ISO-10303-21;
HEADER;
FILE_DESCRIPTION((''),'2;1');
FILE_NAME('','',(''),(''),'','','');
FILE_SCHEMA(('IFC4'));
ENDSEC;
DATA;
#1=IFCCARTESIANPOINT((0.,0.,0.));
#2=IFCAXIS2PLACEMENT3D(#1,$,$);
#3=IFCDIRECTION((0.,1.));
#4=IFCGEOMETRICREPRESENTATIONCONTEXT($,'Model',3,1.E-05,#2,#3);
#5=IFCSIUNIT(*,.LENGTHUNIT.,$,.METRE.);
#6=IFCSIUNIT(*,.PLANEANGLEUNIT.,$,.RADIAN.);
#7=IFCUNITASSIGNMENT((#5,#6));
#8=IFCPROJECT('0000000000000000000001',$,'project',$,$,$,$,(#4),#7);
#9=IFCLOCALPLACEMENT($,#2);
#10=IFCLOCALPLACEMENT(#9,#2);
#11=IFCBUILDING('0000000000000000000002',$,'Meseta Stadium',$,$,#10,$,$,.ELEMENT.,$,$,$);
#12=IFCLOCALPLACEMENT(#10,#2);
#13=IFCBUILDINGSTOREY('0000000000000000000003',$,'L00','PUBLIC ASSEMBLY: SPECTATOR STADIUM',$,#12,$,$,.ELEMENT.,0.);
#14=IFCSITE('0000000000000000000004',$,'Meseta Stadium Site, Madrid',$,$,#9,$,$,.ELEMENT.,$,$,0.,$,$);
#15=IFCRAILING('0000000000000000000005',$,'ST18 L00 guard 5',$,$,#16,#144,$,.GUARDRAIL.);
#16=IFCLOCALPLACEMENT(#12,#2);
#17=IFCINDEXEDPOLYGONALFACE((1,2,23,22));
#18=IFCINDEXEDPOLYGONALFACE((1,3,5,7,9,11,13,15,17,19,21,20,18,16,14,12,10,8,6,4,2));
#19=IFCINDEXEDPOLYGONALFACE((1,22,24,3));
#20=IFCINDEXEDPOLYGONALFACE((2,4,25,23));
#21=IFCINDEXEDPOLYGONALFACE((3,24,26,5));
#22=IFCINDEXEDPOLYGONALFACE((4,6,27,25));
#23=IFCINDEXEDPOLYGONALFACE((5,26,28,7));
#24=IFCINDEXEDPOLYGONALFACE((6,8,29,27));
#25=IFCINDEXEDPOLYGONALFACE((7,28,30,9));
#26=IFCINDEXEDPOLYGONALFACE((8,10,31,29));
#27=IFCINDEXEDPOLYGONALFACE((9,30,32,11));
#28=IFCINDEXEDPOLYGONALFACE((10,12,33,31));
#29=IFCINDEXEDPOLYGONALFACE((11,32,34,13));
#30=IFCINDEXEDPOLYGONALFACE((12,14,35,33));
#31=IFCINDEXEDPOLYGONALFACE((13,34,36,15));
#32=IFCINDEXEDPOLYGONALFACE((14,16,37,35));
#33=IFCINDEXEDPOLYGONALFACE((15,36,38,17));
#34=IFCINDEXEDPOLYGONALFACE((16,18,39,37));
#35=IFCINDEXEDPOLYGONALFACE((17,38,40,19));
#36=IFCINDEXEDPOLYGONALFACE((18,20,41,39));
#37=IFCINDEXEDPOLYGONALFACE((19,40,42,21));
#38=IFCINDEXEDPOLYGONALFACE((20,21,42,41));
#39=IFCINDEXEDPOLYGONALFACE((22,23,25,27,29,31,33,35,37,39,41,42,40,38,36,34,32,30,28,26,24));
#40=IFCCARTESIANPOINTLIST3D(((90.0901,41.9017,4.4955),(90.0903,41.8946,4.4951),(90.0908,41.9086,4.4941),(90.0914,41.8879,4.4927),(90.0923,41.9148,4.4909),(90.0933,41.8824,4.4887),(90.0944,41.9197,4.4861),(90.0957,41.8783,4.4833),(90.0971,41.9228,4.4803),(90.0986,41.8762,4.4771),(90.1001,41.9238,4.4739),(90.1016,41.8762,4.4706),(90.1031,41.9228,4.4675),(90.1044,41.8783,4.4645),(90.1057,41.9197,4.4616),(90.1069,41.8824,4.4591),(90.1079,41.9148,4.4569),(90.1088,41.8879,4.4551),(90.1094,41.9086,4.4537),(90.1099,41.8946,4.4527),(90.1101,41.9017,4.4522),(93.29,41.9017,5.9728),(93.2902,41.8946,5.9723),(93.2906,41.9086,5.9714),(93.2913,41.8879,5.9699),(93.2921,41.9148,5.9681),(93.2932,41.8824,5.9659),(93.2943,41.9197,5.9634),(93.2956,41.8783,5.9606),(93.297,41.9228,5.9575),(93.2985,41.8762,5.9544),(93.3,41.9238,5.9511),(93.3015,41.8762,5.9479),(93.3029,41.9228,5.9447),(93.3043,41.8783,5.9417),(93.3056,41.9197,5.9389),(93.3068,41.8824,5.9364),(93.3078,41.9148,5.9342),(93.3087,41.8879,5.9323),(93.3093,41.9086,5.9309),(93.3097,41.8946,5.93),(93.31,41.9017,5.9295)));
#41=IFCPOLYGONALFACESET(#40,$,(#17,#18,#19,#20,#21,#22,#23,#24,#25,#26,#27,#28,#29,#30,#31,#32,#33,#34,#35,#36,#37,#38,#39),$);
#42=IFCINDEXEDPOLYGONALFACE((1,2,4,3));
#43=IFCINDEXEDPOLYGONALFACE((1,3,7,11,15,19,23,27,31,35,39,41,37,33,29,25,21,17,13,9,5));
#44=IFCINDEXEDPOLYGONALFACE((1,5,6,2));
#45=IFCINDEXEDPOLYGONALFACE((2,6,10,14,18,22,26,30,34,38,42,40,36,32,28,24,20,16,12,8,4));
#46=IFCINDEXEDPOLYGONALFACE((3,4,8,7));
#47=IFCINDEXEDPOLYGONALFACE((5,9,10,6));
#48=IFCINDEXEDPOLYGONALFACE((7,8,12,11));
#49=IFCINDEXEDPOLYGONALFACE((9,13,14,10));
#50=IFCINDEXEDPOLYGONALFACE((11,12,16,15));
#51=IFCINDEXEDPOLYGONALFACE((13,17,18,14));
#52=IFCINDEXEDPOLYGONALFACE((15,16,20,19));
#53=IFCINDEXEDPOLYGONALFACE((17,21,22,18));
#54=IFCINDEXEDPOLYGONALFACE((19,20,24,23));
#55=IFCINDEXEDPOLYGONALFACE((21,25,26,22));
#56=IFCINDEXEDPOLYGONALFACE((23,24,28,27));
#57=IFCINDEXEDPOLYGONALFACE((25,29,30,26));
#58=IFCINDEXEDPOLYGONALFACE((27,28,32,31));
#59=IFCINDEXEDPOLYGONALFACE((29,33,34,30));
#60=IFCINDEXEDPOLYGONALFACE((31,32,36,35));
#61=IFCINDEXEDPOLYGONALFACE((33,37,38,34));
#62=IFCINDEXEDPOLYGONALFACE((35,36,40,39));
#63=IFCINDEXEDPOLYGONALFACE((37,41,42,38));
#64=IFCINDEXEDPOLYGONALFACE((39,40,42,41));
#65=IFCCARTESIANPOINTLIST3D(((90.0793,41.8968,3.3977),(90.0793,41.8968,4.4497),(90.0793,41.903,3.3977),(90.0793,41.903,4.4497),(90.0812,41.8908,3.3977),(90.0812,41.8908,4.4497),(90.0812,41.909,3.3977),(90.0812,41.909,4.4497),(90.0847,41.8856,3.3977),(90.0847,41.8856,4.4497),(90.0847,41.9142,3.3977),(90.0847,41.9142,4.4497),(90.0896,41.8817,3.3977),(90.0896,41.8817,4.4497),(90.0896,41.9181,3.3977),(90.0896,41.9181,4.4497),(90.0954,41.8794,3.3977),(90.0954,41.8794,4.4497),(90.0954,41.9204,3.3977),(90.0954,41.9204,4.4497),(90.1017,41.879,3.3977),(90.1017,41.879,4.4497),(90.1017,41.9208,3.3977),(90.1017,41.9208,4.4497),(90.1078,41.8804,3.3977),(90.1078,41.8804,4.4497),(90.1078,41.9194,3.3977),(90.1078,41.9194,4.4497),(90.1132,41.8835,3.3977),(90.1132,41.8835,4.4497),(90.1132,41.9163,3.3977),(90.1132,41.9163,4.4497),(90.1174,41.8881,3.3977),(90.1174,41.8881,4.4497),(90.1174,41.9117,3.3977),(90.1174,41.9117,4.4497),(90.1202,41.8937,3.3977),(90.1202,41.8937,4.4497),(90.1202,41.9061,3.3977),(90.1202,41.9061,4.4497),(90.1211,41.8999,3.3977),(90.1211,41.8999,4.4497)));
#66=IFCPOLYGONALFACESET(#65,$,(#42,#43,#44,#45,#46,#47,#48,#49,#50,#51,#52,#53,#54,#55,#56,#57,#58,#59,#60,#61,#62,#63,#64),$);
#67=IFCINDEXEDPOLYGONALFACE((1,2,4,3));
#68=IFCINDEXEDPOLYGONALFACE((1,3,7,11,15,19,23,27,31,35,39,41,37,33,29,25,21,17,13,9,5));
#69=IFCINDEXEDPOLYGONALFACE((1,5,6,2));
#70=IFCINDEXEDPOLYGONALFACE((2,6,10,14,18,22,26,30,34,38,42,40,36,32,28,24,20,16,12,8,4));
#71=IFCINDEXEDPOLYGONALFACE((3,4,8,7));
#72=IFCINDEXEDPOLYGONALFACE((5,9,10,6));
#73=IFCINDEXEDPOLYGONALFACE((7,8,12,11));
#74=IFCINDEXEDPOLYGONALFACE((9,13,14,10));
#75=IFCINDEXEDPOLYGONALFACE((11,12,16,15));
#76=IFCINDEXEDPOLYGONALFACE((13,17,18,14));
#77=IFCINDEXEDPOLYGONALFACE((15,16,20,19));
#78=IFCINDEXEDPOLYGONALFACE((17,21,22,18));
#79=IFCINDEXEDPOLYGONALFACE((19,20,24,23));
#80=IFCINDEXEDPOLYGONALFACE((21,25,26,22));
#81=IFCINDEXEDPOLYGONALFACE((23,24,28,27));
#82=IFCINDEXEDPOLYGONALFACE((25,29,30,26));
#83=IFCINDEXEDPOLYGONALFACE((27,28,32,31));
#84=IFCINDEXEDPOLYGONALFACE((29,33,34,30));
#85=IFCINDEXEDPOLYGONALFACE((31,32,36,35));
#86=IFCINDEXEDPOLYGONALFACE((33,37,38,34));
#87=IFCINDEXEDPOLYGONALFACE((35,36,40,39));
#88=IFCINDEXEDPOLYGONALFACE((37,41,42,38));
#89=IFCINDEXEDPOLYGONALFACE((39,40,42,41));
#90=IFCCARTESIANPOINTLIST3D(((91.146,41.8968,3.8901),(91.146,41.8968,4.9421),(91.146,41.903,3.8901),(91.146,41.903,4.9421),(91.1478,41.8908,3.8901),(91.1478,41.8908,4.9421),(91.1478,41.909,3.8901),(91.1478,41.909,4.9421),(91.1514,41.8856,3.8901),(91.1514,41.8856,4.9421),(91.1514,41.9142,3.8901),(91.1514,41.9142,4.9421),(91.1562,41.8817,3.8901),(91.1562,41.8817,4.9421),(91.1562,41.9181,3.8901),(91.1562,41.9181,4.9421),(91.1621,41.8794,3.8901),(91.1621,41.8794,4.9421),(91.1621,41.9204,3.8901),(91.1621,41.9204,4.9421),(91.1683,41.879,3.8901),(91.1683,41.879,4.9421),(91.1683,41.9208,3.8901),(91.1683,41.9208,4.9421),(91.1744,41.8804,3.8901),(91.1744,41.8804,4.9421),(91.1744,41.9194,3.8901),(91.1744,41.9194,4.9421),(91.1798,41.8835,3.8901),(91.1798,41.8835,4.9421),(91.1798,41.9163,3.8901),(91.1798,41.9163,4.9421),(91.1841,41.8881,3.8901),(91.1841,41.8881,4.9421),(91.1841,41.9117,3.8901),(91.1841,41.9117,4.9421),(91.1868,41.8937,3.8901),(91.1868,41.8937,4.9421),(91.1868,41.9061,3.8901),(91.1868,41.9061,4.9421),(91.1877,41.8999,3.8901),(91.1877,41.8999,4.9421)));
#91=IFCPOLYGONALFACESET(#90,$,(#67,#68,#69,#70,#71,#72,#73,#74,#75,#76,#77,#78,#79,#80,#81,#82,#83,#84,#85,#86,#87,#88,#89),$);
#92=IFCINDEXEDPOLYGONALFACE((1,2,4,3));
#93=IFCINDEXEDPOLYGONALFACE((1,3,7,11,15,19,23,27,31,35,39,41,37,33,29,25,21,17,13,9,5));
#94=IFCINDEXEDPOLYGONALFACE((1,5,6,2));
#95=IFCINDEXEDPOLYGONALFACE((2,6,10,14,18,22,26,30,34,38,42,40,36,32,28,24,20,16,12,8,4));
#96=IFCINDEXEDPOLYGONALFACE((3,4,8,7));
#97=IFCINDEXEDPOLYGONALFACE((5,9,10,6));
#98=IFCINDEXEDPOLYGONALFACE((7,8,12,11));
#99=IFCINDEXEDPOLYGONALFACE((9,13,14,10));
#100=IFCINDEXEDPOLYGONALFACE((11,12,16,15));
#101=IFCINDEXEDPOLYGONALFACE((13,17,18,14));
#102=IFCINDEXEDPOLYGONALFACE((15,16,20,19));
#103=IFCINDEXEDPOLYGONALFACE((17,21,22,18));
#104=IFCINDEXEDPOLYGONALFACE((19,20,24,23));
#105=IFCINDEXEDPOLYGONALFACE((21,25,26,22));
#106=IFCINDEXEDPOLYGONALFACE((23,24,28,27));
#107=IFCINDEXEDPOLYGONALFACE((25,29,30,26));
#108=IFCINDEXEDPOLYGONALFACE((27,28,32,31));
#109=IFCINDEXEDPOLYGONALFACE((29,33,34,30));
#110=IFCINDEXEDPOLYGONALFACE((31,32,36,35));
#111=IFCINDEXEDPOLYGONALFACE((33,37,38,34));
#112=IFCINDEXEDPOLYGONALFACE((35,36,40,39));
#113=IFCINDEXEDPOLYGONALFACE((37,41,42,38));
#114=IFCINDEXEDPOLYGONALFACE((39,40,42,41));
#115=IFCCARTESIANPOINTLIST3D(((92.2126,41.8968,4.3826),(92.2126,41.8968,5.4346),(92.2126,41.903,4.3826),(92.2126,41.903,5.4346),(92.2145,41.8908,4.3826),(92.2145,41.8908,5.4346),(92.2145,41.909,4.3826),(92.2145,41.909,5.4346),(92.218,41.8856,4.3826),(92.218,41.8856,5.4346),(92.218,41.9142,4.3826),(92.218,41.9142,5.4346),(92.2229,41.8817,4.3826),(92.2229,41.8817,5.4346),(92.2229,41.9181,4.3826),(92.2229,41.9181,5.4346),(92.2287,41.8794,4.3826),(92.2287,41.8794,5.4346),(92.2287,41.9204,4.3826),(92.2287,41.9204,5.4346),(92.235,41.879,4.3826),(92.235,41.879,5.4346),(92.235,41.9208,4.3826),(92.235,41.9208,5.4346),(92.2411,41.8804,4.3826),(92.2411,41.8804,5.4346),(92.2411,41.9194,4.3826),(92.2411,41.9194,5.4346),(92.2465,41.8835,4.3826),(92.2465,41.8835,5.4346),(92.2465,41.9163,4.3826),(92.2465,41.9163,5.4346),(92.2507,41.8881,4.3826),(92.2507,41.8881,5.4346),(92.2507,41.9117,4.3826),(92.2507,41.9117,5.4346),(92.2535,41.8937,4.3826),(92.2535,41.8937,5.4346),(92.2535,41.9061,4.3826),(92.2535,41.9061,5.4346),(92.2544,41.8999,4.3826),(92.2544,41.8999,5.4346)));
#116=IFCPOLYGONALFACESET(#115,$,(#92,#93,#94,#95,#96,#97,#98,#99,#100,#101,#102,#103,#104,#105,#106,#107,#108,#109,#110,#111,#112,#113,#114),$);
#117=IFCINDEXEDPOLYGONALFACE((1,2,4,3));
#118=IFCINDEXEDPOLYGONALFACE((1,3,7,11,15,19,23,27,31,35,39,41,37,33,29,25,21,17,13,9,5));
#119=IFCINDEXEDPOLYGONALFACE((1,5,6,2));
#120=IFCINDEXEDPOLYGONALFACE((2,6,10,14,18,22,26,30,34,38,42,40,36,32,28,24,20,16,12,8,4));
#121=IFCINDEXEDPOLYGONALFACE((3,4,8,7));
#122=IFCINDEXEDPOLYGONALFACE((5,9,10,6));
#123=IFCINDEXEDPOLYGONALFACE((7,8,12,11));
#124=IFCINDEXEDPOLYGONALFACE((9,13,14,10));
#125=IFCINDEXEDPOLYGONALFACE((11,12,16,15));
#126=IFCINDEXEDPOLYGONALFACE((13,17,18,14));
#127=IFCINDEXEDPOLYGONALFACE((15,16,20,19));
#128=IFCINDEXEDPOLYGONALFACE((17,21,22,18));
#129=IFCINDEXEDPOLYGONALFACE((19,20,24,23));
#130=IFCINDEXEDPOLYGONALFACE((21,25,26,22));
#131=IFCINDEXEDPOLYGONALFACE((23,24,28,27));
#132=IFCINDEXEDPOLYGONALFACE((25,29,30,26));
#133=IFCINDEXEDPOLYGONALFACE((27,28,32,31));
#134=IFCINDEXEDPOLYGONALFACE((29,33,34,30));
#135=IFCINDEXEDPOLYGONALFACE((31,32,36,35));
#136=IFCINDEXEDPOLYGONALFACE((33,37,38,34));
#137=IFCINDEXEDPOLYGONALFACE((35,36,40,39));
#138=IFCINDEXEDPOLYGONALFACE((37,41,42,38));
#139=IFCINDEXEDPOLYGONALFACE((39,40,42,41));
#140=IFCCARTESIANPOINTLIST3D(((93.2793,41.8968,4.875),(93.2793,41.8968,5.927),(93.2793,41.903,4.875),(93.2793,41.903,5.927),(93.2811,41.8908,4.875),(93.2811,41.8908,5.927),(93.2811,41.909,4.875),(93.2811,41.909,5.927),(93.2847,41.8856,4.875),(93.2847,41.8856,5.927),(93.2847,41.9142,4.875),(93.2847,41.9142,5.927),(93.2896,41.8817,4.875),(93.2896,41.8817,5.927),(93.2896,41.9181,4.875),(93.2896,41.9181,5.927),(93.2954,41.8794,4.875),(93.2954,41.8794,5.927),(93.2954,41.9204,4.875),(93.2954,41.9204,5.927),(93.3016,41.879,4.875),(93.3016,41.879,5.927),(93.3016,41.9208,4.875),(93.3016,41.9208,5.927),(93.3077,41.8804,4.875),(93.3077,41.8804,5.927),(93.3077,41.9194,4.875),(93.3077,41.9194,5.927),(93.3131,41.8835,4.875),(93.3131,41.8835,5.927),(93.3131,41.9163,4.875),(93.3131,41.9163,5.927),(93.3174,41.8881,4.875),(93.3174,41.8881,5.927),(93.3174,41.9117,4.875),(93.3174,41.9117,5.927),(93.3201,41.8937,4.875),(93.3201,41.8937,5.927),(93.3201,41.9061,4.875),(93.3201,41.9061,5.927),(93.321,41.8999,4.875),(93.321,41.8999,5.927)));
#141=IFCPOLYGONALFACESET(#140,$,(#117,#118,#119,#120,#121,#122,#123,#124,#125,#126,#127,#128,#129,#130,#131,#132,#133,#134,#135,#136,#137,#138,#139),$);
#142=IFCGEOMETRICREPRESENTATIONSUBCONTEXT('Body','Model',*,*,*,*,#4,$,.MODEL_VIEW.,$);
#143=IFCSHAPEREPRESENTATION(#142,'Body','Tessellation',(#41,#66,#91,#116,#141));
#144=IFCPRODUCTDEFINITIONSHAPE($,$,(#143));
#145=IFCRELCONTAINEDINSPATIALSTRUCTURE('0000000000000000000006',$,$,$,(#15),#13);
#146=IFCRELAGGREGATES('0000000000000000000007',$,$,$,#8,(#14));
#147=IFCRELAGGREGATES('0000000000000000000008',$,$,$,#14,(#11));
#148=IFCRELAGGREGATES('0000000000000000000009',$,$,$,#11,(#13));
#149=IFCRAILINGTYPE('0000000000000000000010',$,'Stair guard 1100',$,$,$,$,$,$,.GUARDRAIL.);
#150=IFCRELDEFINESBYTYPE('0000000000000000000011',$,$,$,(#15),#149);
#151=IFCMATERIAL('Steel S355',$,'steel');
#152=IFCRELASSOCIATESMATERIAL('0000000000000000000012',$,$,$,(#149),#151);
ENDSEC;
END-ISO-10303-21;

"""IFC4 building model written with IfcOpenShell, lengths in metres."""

from ifc_helpers import new_model, si_unit, direction, frame, origin, origin_2d, place, context, subcontext, project, spatial, circle, extrude, material, type_object, element, save


model = new_model("IFC4")

# Units and contexts
model_context = context("Model", 3, precision=1e-05, world=origin(), true_north=direction((0.0, 1.0)))
body_context = subcontext(model_context, "Body", "Model", "MODEL_VIEW")
ifc_project = project(units=[si_unit("LENGTHUNIT", "METRE"), si_unit("PLANEANGLEUNIT", "RADIAN")], contexts=[model_context])

# Site, building, storey
site_placement = place(None, origin())
site = spatial("IfcSite", under=ifc_project, at=site_placement, Name="Meseta Stadium Site, Madrid", CompositionType="ELEMENT", RefElevation=0.0)
building_placement = place(site_placement, origin())
building = spatial("IfcBuilding", under=site, at=building_placement, Name="Meseta Stadium", CompositionType="ELEMENT")
storey_placement = place(building_placement, origin())
storey = spatial("IfcBuildingStorey", under=building, at=storey_placement, Name="L00", Description="PUBLIC ASSEMBLY: SPECTATOR STADIUM", CompositionType="ELEMENT", Elevation=0.0)

# Railing
ifc_material_1 = material(Name="Steel S355", Category="steel")
railing_type_1 = type_object("IfcRailingType", Name="Stair guard 1100", PredefinedType="GUARDRAIL", material=ifc_material_1)
railing_1_placement = place(storey_placement, frame((90.1001, 41.8999, 3.3977)))
element("IfcRailing", 1, at=railing_1_placement, inside=storey, type_object=railing_type_1, Name="ST18 L00 guard 5", PredefinedType="GUARDRAIL", context=body_context, shape_type="SweptSolid", body=[
    extrude(circle(Radius=0.0239, at=origin_2d()), frame((0.0, 0.0, 1.0762), z_axis=(0.907917, 0.0, 0.41915), x_axis=(0.0, 1.0, 0.0)), (0.0, 0.0, 1.0), 3.5244),
    extrude(circle(Radius=0.021, at=origin_2d()), origin(), (0.0, 0.0, 1.0), 1.052),
    extrude(circle(Radius=0.021, at=origin_2d()), frame((1.0667, 0.0, 0.4924)), (0.0, 0.0, 1.0), 1.052),
    extrude(circle(Radius=0.021, at=origin_2d()), frame((2.1333, 0.0, 0.9849)), (0.0, 0.0, 1.0), 1.052),
    extrude(circle(Radius=0.021, at=origin_2d()), frame((3.2, 0.0, 1.4773)), (0.0, 0.0, 1.0), 1.052),
])

save(model, "model.ifc")
